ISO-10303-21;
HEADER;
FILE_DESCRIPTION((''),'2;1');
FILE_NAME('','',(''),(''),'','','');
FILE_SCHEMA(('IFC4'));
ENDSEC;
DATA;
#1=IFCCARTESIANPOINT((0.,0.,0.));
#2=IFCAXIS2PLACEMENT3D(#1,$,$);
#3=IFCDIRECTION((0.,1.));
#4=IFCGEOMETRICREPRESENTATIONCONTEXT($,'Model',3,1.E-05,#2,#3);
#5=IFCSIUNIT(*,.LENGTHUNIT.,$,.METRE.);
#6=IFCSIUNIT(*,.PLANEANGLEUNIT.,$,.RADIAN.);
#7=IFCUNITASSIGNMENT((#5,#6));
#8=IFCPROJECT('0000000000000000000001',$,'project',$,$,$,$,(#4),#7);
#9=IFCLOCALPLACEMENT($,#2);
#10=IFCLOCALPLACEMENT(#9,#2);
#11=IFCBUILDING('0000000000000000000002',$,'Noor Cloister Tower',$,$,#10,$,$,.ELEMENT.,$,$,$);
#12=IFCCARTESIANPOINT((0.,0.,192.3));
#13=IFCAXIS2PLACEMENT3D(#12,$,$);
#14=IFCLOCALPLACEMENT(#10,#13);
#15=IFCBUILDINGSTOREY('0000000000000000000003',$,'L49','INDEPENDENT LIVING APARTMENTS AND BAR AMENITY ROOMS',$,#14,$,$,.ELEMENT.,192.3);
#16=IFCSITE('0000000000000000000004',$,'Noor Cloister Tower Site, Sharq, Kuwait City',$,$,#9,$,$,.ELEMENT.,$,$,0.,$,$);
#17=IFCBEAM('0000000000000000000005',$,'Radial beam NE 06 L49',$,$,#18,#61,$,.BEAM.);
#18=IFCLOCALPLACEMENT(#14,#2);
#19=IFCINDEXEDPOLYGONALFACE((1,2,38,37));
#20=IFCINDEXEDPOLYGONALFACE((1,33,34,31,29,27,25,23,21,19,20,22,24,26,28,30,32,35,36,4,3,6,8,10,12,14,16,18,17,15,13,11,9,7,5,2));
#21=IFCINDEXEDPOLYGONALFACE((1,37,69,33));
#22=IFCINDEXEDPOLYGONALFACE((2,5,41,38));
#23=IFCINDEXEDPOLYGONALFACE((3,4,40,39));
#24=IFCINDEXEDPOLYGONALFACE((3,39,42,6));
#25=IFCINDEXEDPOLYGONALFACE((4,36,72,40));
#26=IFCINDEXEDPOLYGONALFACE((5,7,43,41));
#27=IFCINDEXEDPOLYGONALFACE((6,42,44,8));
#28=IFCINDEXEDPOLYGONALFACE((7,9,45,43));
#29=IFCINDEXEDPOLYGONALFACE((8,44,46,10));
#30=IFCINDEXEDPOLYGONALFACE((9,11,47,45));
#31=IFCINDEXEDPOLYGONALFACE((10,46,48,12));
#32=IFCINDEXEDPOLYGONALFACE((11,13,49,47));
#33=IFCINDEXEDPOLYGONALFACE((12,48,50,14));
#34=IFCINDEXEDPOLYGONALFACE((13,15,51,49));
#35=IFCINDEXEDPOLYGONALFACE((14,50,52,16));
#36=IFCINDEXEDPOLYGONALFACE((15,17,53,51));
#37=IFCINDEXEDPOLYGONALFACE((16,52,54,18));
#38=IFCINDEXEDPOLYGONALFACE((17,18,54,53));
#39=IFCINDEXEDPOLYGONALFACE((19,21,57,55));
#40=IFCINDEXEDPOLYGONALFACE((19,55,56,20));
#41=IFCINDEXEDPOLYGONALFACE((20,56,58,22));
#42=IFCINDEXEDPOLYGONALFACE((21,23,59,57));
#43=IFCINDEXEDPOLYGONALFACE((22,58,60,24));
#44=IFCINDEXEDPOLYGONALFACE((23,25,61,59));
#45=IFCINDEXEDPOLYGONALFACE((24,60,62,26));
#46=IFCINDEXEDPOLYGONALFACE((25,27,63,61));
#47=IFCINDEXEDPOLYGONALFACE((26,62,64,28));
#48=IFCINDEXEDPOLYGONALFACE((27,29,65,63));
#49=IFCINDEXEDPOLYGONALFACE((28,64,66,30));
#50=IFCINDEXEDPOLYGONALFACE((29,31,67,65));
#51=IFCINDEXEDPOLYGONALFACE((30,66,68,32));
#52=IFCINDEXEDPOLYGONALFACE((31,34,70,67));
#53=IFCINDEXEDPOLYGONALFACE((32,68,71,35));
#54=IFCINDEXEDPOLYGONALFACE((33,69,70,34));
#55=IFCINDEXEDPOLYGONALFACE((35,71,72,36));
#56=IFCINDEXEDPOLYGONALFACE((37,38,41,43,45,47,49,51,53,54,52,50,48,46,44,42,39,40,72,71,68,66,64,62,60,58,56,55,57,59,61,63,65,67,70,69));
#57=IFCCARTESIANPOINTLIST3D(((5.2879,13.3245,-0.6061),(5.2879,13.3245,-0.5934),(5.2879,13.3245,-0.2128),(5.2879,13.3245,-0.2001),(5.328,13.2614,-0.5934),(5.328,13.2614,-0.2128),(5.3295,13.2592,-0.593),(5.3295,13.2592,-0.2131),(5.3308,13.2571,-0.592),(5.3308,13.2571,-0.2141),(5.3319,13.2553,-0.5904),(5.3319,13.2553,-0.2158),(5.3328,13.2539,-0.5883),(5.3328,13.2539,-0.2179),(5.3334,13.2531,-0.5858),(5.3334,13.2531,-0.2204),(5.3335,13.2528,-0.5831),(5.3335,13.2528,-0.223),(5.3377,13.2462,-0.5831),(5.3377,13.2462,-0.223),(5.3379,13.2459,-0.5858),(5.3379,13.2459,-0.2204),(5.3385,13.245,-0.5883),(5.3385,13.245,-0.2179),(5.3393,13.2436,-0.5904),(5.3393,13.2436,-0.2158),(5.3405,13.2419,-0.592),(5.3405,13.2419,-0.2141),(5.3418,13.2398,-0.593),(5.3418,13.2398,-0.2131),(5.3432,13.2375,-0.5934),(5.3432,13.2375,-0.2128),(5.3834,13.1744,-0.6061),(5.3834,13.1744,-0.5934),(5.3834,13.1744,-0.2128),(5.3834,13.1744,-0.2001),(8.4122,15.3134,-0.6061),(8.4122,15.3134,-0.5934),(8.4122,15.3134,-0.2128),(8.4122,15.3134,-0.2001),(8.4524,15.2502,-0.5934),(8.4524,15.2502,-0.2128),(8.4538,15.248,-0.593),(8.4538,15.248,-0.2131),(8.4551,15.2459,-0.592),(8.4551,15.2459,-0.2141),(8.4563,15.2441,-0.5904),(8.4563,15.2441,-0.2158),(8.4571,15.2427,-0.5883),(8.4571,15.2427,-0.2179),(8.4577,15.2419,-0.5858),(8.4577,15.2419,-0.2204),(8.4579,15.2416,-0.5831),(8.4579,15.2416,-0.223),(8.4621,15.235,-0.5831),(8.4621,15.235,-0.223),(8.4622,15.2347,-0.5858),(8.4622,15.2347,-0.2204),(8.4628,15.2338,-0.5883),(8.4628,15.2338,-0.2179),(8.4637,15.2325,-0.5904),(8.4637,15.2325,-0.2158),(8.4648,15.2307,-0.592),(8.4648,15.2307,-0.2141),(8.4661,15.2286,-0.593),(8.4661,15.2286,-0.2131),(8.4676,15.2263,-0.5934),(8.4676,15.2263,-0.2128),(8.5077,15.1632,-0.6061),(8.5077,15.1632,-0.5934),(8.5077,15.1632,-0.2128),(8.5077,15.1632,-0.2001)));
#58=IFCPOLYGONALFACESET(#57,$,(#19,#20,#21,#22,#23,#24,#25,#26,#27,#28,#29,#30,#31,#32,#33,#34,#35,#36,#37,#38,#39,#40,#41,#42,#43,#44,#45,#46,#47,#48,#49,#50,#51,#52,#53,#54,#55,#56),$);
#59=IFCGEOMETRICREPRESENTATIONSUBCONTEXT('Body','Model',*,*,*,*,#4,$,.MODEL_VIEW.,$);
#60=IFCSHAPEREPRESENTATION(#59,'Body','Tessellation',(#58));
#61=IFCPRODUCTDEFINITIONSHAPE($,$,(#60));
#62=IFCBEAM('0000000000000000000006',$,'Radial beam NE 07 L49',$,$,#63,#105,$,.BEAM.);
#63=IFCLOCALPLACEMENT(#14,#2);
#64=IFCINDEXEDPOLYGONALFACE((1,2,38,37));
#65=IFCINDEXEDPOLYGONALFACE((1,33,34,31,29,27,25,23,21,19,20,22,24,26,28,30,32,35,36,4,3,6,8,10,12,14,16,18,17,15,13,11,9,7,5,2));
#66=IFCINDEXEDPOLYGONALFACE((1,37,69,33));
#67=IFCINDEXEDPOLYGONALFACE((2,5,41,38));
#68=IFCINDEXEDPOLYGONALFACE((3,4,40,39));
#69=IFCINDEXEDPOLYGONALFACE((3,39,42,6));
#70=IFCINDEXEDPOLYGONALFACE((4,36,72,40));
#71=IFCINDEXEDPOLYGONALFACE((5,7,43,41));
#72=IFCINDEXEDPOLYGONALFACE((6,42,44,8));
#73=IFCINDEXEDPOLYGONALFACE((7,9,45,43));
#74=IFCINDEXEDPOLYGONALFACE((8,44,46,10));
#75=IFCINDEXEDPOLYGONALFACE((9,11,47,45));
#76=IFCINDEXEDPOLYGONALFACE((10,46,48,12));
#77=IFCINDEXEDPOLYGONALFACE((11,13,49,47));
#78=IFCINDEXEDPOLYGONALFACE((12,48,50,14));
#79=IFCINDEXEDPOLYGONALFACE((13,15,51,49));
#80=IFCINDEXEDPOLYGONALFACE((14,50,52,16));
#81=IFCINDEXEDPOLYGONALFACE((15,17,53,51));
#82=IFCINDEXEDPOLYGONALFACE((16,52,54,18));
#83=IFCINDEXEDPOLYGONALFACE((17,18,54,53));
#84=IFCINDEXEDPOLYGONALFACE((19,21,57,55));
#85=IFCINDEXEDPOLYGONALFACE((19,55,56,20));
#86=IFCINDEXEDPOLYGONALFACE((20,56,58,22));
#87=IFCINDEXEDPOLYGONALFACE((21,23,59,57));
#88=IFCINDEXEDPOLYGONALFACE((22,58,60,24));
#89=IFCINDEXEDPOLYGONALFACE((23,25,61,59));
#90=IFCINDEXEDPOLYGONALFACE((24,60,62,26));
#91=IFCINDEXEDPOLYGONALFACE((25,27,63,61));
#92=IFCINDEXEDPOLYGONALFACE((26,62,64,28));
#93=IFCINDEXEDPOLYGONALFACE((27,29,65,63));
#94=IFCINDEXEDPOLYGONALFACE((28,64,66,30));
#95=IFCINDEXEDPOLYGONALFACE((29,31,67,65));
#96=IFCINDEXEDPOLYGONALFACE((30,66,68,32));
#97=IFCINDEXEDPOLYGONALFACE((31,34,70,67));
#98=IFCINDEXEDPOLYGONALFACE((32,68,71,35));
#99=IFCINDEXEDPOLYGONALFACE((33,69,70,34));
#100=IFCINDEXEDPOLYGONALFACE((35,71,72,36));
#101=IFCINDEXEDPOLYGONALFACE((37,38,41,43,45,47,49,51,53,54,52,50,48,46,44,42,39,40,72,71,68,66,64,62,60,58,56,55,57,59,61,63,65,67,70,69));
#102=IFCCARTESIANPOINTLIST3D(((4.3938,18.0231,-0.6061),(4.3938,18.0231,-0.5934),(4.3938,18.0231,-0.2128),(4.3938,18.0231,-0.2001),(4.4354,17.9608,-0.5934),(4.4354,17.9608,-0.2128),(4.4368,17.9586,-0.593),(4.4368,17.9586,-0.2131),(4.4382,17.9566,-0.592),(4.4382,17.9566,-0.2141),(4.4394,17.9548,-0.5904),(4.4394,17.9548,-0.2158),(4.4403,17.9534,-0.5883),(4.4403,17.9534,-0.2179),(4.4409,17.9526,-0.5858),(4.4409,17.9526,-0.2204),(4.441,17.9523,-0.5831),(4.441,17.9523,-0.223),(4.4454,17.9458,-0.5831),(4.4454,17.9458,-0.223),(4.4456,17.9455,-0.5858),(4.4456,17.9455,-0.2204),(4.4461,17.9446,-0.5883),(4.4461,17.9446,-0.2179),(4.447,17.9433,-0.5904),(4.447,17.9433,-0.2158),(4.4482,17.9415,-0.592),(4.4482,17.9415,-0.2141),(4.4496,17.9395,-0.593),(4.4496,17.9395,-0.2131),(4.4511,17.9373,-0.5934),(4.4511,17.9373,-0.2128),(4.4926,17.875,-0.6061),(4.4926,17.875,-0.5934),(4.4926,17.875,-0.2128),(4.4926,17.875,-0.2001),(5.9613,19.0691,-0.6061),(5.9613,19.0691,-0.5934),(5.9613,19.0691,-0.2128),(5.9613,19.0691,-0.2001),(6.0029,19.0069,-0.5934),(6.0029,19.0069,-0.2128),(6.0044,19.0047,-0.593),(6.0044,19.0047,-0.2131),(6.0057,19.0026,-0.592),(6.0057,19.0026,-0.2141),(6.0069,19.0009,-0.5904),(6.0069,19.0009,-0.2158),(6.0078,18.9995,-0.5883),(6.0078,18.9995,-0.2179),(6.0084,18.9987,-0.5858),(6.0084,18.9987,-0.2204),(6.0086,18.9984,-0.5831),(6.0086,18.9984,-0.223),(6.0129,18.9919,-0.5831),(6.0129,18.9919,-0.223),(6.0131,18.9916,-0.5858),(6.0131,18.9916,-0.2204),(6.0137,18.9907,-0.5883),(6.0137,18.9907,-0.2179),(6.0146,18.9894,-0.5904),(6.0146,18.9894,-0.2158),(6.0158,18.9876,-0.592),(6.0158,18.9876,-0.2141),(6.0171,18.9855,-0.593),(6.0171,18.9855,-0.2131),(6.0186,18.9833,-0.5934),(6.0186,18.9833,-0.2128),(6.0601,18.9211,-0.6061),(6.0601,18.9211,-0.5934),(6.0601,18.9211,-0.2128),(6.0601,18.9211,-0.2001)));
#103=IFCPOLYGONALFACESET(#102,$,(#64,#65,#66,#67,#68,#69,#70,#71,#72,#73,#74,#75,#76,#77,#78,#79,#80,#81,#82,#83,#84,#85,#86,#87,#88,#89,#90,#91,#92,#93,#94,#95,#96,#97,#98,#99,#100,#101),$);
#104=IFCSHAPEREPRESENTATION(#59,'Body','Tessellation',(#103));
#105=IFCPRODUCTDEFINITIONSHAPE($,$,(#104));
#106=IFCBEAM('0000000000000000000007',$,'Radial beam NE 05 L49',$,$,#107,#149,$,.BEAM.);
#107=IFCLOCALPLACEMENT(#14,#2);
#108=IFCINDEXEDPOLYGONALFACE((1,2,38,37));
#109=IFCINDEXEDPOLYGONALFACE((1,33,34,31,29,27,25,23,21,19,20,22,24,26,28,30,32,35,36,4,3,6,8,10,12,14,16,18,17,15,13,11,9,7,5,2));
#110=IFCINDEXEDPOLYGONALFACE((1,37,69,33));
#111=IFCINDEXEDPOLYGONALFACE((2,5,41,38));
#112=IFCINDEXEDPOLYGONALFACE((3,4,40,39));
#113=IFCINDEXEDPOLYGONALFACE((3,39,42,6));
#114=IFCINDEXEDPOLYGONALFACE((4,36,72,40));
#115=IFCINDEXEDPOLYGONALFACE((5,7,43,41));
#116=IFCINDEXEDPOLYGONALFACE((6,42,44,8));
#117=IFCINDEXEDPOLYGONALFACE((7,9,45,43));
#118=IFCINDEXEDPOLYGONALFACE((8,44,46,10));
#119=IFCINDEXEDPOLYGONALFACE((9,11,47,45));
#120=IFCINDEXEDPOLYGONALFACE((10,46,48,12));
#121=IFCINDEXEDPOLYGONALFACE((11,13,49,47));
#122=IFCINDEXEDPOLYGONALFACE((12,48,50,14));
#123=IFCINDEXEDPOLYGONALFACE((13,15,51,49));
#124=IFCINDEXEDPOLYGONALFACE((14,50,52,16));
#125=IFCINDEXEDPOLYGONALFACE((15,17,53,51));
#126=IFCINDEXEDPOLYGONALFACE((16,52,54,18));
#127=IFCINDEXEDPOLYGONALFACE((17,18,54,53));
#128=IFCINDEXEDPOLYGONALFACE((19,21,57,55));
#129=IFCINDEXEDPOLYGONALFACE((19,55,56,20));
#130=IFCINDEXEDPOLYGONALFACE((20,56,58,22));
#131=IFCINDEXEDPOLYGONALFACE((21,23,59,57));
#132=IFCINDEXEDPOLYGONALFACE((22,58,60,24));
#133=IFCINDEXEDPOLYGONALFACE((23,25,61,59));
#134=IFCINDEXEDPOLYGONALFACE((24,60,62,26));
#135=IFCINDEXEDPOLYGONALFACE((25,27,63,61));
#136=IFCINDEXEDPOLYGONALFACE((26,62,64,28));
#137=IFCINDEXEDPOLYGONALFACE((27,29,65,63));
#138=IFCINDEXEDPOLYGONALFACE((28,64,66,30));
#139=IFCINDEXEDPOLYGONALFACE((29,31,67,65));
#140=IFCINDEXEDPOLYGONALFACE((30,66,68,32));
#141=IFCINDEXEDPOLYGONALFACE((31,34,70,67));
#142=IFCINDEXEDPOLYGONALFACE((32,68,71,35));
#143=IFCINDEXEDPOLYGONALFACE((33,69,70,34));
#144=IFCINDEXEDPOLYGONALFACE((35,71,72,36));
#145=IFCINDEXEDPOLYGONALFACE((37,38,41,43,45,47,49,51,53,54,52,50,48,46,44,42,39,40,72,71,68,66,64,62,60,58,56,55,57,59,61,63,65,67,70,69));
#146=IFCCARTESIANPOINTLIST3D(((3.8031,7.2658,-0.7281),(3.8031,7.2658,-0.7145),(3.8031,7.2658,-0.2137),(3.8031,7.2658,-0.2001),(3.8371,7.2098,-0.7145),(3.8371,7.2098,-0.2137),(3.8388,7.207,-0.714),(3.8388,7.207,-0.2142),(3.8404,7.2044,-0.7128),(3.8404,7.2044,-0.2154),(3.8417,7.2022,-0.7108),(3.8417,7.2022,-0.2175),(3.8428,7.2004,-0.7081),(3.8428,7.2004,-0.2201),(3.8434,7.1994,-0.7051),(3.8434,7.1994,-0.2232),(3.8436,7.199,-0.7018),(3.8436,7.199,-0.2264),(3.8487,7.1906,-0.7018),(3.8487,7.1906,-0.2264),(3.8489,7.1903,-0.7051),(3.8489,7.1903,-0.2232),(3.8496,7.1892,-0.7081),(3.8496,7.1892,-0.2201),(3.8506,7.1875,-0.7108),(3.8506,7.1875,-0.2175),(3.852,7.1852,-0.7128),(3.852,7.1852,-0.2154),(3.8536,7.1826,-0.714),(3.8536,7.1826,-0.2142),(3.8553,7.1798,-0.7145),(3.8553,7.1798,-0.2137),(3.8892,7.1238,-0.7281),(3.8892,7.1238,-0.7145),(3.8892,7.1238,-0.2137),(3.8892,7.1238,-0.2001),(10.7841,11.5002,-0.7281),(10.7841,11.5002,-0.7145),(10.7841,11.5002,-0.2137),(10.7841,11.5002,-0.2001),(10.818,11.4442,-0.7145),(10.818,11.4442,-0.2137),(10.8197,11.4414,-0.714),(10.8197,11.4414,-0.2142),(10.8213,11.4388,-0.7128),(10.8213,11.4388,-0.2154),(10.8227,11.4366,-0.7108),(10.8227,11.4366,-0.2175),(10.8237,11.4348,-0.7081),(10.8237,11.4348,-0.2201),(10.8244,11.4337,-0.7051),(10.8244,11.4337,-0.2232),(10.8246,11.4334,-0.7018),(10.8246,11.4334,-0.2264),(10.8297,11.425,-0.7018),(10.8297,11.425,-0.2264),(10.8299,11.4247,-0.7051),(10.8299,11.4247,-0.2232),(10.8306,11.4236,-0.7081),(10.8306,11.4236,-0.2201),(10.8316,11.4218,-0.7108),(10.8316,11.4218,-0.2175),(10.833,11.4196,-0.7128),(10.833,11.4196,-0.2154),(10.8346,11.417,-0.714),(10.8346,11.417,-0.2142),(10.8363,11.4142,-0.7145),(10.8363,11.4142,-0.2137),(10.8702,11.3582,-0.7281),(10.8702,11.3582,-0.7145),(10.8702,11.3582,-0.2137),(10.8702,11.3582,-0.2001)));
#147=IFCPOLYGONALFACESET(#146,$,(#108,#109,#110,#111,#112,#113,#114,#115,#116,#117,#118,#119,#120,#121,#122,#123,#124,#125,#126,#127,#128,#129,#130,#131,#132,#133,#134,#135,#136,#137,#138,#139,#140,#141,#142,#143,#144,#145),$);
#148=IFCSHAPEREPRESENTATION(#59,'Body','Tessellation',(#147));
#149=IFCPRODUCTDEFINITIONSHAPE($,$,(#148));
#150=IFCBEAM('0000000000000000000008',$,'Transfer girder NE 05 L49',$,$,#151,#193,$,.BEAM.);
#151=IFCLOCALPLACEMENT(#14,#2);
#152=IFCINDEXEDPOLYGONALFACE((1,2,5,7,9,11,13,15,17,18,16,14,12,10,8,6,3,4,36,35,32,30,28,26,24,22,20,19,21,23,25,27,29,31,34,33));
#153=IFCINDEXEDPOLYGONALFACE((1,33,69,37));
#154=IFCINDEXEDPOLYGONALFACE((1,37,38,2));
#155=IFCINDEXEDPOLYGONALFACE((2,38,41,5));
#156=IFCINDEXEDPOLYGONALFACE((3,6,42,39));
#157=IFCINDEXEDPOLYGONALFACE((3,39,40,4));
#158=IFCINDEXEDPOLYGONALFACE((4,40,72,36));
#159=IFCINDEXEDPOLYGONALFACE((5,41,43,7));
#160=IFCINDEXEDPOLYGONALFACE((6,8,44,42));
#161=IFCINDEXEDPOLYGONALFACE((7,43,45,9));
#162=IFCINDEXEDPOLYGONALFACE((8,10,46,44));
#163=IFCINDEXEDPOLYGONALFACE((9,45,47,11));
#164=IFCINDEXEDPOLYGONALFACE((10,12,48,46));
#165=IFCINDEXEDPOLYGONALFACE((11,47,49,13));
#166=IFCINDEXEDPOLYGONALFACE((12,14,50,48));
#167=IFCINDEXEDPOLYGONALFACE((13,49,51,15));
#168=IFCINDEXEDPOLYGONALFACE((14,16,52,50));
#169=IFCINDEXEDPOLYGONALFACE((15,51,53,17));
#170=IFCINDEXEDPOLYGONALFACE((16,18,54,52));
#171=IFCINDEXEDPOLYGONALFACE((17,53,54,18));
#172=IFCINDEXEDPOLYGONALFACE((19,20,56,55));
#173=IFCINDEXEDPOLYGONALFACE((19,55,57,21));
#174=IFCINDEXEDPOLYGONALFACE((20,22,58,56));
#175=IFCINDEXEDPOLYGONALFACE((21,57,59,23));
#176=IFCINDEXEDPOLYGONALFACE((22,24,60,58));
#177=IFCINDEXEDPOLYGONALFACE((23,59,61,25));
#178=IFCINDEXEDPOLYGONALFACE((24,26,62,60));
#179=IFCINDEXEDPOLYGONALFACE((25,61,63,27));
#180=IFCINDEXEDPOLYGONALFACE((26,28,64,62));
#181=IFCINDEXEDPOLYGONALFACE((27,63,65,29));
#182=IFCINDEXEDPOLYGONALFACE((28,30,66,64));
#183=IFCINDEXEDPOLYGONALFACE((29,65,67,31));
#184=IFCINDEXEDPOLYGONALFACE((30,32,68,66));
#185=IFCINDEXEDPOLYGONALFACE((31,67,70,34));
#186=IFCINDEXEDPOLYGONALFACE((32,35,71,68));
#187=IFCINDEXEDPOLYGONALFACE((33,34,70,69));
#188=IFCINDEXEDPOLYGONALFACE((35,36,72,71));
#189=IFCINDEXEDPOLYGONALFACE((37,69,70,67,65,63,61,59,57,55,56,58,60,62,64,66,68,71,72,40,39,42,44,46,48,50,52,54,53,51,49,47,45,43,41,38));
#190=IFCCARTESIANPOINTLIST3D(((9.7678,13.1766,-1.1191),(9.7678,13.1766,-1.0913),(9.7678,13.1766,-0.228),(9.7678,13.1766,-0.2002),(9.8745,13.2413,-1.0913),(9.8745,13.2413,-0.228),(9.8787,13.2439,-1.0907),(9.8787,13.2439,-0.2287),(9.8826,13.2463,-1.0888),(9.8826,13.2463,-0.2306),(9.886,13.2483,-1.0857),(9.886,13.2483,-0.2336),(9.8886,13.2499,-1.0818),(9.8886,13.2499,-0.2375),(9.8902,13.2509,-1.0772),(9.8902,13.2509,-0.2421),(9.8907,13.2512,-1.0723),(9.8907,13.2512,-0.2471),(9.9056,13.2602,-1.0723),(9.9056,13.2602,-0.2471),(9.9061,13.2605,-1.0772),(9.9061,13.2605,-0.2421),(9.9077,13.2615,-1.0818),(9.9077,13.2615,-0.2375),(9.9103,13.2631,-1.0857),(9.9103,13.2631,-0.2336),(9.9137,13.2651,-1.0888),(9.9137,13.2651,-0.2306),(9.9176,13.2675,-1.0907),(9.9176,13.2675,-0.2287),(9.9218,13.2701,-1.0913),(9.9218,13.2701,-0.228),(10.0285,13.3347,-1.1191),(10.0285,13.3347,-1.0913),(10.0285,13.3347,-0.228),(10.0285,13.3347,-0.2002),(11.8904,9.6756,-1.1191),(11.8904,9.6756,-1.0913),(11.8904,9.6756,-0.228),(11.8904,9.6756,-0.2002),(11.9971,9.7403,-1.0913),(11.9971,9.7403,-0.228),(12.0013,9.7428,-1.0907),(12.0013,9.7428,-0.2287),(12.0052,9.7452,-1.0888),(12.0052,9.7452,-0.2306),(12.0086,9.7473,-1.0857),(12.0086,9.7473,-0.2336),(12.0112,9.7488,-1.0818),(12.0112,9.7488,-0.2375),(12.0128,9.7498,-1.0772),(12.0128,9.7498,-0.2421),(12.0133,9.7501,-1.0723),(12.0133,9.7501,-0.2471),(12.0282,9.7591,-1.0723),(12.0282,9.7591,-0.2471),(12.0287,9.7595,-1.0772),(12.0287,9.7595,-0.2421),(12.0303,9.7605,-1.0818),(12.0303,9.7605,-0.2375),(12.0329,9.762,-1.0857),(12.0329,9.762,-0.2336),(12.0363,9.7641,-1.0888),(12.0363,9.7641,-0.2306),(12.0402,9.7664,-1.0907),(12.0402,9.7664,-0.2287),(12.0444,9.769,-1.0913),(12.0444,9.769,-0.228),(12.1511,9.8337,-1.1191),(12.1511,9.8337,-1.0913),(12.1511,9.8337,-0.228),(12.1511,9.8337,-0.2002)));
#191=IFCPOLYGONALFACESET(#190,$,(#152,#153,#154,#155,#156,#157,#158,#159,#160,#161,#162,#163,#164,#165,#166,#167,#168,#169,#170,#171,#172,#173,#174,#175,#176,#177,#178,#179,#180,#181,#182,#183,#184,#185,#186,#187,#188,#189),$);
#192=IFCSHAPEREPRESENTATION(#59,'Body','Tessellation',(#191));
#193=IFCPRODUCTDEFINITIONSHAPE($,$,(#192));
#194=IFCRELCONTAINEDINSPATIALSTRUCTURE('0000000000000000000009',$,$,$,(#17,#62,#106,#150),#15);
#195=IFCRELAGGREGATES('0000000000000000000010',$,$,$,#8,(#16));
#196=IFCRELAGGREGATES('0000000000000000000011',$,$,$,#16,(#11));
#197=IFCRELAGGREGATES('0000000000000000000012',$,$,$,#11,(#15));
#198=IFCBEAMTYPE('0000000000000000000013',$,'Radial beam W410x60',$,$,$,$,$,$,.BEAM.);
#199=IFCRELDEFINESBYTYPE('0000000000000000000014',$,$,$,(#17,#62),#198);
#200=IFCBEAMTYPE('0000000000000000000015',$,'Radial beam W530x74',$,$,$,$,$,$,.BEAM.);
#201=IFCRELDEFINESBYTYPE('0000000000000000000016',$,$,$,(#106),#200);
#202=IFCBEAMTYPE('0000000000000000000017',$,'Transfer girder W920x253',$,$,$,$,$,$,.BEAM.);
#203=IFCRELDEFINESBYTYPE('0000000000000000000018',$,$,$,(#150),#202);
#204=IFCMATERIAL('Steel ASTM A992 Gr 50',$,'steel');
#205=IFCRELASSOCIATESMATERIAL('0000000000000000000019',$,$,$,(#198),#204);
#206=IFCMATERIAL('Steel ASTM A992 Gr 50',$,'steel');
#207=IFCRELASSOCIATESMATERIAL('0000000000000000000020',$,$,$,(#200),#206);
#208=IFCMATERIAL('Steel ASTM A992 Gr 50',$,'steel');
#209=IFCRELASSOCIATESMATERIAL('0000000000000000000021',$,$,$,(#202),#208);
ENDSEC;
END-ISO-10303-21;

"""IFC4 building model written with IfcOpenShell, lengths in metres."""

from ifc_helpers import new_model, si_unit, direction, frame, origin, origin_2d, place, context, subcontext, project, spatial, i_section, extrude, material, material_profile, profile_set, type_object, element, save


model = new_model("IFC4")

# Units and contexts
model_context = context("Model", 3, precision=1e-05, world=origin(), true_north=direction((0.0, 1.0)))
body_context = subcontext(model_context, "Body", "Model", "MODEL_VIEW")
ifc_project = project(units=[si_unit("LENGTHUNIT", "METRE"), si_unit("PLANEANGLEUNIT", "RADIAN")], contexts=[model_context])

# Site, building, storey
site_placement = place(None, origin())
site = spatial("IfcSite", under=ifc_project, at=site_placement, Name="Noor Cloister Tower Site, Sharq, Kuwait City", CompositionType="ELEMENT", RefElevation=0.0)
building_placement = place(site_placement, origin())
building = spatial("IfcBuilding", under=site, at=building_placement, Name="Noor Cloister Tower", CompositionType="ELEMENT")
storey_placement = place(building_placement, frame((0.0, 0.0, 192.3)))
storey = spatial("IfcBuildingStorey", under=building, at=storey_placement, Name="L49", Description="INDEPENDENT LIVING APARTMENTS AND BAR AMENITY ROOMS", CompositionType="ELEMENT", Elevation=192.3)

# Beams
ifc_material_1 = material(Name="Steel ASTM A992 Gr 50", Category="steel")
ifc_material_profile_1 = material_profile(ifc_material_1, i_section(OverallWidth=0.178, OverallDepth=0.406, WebThickness=0.0078, FlangeThickness=0.0127, FilletRadius=0.0103, at=origin_2d()), Name="W410x60")
ifc_profile_set_1 = profile_set([ifc_material_profile_1], Name="Steel ASTM A992 Gr 50")
beam_type_1 = type_object("IfcBeamType", Name="Radial beam W410x60", PredefinedType="BEAM", material=ifc_profile_set_1)
beam_1_placement = place(storey_placement, frame((8.46, 15.2383, -0.4031), z_axis=(-0.843588, -0.536991, 0.0), x_axis=(0.536991, -0.843588, 0.0)))
element("IfcBeam", 1, at=beam_1_placement, inside=storey, type_object=beam_type_1, Name="Radial beam NE 06 L49", PredefinedType="BEAM", context=body_context, shape_type="SweptSolid", body=[
    extrude(i_section(OverallWidth=0.178, OverallDepth=0.406, WebThickness=0.0078, FlangeThickness=0.0127, FilletRadius=0.0103, at=origin_2d()), origin(), (0.0, 0.0, 1.0), 3.7036),
])
beam_2_placement = place(storey_placement, frame((6.0107, 18.9951, -0.4031), z_axis=(-0.831791, -0.555089, 0.0), x_axis=(0.555089, -0.831791, 0.0)))
element("IfcBeam", 2, at=beam_2_placement, inside=storey, type_object=beam_type_1, Name="Radial beam NE 07 L49", PredefinedType="BEAM", context=body_context, shape_type="SweptSolid", body=[
    extrude(i_section(OverallWidth=0.178, OverallDepth=0.406, WebThickness=0.0078, FlangeThickness=0.0127, FilletRadius=0.0103, at=origin_2d()), origin(), (0.0, 0.0, 1.0), 1.8845),
])
ifc_material_2 = material(Name="Steel ASTM A992 Gr 50", Category="steel")
ifc_material_profile_2 = material_profile(ifc_material_2, i_section(OverallWidth=0.166, OverallDepth=0.5281, WebThickness=0.0098, FlangeThickness=0.0137, FilletRadius=0.0127, at=origin_2d()), Name="W530x74")
ifc_profile_set_2 = profile_set([ifc_material_profile_2], Name="Steel ASTM A992 Gr 50")
beam_type_2 = type_object("IfcBeamType", Name="Radial beam W530x74", PredefinedType="BEAM", material=ifc_profile_set_2)
beam_3_placement = place(storey_placement, frame((10.8271, 11.4292, -0.4641), z_axis=(-0.855008, -0.518614, 0.0), x_axis=(0.518614, -0.855008, 0.0)))
element("IfcBeam", 3, at=beam_3_placement, inside=storey, type_object=beam_type_2, Name="Radial beam NE 05 L49", PredefinedType="BEAM", context=body_context, shape_type="SweptSolid", body=[
    extrude(i_section(OverallWidth=0.166, OverallDepth=0.5281, WebThickness=0.0098, FlangeThickness=0.0137, FilletRadius=0.0127, at=origin_2d()), origin(), (0.0, 0.0, 1.0), 8.1648),
])
ifc_material_3 = material(Name="Steel ASTM A992 Gr 50", Category="steel")
ifc_material_profile_3 = material_profile(ifc_material_3, i_section(OverallWidth=0.3049, OverallDepth=0.9189, WebThickness=0.0173, FlangeThickness=0.0278, FilletRadius=0.019, at=origin_2d()), Name="W920x253")
ifc_profile_set_3 = profile_set([ifc_material_profile_3], Name="Steel ASTM A992 Gr 50")
beam_type_3 = type_object("IfcBeamType", Name="Transfer girder W920x253", PredefinedType="BEAM", material=ifc_profile_set_3)
beam_4_placement = place(storey_placement, frame((12.0208, 9.7546, -0.6597), z_axis=(-0.518437, 0.855116, 0.0), x_axis=(-0.855116, -0.518437, 0.0)))
element("IfcBeam", 4, at=beam_4_placement, inside=storey, type_object=beam_type_3, Name="Transfer girder NE 05 L49", PredefinedType="BEAM", context=body_context, shape_type="SweptSolid", body=[
    extrude(i_section(OverallWidth=0.3049, OverallDepth=0.9189, WebThickness=0.0173, FlangeThickness=0.0278, FilletRadius=0.019, at=origin_2d()), origin(), (0.0, 0.0, 1.0), 4.0942),
])

save(model, "model.ifc")
